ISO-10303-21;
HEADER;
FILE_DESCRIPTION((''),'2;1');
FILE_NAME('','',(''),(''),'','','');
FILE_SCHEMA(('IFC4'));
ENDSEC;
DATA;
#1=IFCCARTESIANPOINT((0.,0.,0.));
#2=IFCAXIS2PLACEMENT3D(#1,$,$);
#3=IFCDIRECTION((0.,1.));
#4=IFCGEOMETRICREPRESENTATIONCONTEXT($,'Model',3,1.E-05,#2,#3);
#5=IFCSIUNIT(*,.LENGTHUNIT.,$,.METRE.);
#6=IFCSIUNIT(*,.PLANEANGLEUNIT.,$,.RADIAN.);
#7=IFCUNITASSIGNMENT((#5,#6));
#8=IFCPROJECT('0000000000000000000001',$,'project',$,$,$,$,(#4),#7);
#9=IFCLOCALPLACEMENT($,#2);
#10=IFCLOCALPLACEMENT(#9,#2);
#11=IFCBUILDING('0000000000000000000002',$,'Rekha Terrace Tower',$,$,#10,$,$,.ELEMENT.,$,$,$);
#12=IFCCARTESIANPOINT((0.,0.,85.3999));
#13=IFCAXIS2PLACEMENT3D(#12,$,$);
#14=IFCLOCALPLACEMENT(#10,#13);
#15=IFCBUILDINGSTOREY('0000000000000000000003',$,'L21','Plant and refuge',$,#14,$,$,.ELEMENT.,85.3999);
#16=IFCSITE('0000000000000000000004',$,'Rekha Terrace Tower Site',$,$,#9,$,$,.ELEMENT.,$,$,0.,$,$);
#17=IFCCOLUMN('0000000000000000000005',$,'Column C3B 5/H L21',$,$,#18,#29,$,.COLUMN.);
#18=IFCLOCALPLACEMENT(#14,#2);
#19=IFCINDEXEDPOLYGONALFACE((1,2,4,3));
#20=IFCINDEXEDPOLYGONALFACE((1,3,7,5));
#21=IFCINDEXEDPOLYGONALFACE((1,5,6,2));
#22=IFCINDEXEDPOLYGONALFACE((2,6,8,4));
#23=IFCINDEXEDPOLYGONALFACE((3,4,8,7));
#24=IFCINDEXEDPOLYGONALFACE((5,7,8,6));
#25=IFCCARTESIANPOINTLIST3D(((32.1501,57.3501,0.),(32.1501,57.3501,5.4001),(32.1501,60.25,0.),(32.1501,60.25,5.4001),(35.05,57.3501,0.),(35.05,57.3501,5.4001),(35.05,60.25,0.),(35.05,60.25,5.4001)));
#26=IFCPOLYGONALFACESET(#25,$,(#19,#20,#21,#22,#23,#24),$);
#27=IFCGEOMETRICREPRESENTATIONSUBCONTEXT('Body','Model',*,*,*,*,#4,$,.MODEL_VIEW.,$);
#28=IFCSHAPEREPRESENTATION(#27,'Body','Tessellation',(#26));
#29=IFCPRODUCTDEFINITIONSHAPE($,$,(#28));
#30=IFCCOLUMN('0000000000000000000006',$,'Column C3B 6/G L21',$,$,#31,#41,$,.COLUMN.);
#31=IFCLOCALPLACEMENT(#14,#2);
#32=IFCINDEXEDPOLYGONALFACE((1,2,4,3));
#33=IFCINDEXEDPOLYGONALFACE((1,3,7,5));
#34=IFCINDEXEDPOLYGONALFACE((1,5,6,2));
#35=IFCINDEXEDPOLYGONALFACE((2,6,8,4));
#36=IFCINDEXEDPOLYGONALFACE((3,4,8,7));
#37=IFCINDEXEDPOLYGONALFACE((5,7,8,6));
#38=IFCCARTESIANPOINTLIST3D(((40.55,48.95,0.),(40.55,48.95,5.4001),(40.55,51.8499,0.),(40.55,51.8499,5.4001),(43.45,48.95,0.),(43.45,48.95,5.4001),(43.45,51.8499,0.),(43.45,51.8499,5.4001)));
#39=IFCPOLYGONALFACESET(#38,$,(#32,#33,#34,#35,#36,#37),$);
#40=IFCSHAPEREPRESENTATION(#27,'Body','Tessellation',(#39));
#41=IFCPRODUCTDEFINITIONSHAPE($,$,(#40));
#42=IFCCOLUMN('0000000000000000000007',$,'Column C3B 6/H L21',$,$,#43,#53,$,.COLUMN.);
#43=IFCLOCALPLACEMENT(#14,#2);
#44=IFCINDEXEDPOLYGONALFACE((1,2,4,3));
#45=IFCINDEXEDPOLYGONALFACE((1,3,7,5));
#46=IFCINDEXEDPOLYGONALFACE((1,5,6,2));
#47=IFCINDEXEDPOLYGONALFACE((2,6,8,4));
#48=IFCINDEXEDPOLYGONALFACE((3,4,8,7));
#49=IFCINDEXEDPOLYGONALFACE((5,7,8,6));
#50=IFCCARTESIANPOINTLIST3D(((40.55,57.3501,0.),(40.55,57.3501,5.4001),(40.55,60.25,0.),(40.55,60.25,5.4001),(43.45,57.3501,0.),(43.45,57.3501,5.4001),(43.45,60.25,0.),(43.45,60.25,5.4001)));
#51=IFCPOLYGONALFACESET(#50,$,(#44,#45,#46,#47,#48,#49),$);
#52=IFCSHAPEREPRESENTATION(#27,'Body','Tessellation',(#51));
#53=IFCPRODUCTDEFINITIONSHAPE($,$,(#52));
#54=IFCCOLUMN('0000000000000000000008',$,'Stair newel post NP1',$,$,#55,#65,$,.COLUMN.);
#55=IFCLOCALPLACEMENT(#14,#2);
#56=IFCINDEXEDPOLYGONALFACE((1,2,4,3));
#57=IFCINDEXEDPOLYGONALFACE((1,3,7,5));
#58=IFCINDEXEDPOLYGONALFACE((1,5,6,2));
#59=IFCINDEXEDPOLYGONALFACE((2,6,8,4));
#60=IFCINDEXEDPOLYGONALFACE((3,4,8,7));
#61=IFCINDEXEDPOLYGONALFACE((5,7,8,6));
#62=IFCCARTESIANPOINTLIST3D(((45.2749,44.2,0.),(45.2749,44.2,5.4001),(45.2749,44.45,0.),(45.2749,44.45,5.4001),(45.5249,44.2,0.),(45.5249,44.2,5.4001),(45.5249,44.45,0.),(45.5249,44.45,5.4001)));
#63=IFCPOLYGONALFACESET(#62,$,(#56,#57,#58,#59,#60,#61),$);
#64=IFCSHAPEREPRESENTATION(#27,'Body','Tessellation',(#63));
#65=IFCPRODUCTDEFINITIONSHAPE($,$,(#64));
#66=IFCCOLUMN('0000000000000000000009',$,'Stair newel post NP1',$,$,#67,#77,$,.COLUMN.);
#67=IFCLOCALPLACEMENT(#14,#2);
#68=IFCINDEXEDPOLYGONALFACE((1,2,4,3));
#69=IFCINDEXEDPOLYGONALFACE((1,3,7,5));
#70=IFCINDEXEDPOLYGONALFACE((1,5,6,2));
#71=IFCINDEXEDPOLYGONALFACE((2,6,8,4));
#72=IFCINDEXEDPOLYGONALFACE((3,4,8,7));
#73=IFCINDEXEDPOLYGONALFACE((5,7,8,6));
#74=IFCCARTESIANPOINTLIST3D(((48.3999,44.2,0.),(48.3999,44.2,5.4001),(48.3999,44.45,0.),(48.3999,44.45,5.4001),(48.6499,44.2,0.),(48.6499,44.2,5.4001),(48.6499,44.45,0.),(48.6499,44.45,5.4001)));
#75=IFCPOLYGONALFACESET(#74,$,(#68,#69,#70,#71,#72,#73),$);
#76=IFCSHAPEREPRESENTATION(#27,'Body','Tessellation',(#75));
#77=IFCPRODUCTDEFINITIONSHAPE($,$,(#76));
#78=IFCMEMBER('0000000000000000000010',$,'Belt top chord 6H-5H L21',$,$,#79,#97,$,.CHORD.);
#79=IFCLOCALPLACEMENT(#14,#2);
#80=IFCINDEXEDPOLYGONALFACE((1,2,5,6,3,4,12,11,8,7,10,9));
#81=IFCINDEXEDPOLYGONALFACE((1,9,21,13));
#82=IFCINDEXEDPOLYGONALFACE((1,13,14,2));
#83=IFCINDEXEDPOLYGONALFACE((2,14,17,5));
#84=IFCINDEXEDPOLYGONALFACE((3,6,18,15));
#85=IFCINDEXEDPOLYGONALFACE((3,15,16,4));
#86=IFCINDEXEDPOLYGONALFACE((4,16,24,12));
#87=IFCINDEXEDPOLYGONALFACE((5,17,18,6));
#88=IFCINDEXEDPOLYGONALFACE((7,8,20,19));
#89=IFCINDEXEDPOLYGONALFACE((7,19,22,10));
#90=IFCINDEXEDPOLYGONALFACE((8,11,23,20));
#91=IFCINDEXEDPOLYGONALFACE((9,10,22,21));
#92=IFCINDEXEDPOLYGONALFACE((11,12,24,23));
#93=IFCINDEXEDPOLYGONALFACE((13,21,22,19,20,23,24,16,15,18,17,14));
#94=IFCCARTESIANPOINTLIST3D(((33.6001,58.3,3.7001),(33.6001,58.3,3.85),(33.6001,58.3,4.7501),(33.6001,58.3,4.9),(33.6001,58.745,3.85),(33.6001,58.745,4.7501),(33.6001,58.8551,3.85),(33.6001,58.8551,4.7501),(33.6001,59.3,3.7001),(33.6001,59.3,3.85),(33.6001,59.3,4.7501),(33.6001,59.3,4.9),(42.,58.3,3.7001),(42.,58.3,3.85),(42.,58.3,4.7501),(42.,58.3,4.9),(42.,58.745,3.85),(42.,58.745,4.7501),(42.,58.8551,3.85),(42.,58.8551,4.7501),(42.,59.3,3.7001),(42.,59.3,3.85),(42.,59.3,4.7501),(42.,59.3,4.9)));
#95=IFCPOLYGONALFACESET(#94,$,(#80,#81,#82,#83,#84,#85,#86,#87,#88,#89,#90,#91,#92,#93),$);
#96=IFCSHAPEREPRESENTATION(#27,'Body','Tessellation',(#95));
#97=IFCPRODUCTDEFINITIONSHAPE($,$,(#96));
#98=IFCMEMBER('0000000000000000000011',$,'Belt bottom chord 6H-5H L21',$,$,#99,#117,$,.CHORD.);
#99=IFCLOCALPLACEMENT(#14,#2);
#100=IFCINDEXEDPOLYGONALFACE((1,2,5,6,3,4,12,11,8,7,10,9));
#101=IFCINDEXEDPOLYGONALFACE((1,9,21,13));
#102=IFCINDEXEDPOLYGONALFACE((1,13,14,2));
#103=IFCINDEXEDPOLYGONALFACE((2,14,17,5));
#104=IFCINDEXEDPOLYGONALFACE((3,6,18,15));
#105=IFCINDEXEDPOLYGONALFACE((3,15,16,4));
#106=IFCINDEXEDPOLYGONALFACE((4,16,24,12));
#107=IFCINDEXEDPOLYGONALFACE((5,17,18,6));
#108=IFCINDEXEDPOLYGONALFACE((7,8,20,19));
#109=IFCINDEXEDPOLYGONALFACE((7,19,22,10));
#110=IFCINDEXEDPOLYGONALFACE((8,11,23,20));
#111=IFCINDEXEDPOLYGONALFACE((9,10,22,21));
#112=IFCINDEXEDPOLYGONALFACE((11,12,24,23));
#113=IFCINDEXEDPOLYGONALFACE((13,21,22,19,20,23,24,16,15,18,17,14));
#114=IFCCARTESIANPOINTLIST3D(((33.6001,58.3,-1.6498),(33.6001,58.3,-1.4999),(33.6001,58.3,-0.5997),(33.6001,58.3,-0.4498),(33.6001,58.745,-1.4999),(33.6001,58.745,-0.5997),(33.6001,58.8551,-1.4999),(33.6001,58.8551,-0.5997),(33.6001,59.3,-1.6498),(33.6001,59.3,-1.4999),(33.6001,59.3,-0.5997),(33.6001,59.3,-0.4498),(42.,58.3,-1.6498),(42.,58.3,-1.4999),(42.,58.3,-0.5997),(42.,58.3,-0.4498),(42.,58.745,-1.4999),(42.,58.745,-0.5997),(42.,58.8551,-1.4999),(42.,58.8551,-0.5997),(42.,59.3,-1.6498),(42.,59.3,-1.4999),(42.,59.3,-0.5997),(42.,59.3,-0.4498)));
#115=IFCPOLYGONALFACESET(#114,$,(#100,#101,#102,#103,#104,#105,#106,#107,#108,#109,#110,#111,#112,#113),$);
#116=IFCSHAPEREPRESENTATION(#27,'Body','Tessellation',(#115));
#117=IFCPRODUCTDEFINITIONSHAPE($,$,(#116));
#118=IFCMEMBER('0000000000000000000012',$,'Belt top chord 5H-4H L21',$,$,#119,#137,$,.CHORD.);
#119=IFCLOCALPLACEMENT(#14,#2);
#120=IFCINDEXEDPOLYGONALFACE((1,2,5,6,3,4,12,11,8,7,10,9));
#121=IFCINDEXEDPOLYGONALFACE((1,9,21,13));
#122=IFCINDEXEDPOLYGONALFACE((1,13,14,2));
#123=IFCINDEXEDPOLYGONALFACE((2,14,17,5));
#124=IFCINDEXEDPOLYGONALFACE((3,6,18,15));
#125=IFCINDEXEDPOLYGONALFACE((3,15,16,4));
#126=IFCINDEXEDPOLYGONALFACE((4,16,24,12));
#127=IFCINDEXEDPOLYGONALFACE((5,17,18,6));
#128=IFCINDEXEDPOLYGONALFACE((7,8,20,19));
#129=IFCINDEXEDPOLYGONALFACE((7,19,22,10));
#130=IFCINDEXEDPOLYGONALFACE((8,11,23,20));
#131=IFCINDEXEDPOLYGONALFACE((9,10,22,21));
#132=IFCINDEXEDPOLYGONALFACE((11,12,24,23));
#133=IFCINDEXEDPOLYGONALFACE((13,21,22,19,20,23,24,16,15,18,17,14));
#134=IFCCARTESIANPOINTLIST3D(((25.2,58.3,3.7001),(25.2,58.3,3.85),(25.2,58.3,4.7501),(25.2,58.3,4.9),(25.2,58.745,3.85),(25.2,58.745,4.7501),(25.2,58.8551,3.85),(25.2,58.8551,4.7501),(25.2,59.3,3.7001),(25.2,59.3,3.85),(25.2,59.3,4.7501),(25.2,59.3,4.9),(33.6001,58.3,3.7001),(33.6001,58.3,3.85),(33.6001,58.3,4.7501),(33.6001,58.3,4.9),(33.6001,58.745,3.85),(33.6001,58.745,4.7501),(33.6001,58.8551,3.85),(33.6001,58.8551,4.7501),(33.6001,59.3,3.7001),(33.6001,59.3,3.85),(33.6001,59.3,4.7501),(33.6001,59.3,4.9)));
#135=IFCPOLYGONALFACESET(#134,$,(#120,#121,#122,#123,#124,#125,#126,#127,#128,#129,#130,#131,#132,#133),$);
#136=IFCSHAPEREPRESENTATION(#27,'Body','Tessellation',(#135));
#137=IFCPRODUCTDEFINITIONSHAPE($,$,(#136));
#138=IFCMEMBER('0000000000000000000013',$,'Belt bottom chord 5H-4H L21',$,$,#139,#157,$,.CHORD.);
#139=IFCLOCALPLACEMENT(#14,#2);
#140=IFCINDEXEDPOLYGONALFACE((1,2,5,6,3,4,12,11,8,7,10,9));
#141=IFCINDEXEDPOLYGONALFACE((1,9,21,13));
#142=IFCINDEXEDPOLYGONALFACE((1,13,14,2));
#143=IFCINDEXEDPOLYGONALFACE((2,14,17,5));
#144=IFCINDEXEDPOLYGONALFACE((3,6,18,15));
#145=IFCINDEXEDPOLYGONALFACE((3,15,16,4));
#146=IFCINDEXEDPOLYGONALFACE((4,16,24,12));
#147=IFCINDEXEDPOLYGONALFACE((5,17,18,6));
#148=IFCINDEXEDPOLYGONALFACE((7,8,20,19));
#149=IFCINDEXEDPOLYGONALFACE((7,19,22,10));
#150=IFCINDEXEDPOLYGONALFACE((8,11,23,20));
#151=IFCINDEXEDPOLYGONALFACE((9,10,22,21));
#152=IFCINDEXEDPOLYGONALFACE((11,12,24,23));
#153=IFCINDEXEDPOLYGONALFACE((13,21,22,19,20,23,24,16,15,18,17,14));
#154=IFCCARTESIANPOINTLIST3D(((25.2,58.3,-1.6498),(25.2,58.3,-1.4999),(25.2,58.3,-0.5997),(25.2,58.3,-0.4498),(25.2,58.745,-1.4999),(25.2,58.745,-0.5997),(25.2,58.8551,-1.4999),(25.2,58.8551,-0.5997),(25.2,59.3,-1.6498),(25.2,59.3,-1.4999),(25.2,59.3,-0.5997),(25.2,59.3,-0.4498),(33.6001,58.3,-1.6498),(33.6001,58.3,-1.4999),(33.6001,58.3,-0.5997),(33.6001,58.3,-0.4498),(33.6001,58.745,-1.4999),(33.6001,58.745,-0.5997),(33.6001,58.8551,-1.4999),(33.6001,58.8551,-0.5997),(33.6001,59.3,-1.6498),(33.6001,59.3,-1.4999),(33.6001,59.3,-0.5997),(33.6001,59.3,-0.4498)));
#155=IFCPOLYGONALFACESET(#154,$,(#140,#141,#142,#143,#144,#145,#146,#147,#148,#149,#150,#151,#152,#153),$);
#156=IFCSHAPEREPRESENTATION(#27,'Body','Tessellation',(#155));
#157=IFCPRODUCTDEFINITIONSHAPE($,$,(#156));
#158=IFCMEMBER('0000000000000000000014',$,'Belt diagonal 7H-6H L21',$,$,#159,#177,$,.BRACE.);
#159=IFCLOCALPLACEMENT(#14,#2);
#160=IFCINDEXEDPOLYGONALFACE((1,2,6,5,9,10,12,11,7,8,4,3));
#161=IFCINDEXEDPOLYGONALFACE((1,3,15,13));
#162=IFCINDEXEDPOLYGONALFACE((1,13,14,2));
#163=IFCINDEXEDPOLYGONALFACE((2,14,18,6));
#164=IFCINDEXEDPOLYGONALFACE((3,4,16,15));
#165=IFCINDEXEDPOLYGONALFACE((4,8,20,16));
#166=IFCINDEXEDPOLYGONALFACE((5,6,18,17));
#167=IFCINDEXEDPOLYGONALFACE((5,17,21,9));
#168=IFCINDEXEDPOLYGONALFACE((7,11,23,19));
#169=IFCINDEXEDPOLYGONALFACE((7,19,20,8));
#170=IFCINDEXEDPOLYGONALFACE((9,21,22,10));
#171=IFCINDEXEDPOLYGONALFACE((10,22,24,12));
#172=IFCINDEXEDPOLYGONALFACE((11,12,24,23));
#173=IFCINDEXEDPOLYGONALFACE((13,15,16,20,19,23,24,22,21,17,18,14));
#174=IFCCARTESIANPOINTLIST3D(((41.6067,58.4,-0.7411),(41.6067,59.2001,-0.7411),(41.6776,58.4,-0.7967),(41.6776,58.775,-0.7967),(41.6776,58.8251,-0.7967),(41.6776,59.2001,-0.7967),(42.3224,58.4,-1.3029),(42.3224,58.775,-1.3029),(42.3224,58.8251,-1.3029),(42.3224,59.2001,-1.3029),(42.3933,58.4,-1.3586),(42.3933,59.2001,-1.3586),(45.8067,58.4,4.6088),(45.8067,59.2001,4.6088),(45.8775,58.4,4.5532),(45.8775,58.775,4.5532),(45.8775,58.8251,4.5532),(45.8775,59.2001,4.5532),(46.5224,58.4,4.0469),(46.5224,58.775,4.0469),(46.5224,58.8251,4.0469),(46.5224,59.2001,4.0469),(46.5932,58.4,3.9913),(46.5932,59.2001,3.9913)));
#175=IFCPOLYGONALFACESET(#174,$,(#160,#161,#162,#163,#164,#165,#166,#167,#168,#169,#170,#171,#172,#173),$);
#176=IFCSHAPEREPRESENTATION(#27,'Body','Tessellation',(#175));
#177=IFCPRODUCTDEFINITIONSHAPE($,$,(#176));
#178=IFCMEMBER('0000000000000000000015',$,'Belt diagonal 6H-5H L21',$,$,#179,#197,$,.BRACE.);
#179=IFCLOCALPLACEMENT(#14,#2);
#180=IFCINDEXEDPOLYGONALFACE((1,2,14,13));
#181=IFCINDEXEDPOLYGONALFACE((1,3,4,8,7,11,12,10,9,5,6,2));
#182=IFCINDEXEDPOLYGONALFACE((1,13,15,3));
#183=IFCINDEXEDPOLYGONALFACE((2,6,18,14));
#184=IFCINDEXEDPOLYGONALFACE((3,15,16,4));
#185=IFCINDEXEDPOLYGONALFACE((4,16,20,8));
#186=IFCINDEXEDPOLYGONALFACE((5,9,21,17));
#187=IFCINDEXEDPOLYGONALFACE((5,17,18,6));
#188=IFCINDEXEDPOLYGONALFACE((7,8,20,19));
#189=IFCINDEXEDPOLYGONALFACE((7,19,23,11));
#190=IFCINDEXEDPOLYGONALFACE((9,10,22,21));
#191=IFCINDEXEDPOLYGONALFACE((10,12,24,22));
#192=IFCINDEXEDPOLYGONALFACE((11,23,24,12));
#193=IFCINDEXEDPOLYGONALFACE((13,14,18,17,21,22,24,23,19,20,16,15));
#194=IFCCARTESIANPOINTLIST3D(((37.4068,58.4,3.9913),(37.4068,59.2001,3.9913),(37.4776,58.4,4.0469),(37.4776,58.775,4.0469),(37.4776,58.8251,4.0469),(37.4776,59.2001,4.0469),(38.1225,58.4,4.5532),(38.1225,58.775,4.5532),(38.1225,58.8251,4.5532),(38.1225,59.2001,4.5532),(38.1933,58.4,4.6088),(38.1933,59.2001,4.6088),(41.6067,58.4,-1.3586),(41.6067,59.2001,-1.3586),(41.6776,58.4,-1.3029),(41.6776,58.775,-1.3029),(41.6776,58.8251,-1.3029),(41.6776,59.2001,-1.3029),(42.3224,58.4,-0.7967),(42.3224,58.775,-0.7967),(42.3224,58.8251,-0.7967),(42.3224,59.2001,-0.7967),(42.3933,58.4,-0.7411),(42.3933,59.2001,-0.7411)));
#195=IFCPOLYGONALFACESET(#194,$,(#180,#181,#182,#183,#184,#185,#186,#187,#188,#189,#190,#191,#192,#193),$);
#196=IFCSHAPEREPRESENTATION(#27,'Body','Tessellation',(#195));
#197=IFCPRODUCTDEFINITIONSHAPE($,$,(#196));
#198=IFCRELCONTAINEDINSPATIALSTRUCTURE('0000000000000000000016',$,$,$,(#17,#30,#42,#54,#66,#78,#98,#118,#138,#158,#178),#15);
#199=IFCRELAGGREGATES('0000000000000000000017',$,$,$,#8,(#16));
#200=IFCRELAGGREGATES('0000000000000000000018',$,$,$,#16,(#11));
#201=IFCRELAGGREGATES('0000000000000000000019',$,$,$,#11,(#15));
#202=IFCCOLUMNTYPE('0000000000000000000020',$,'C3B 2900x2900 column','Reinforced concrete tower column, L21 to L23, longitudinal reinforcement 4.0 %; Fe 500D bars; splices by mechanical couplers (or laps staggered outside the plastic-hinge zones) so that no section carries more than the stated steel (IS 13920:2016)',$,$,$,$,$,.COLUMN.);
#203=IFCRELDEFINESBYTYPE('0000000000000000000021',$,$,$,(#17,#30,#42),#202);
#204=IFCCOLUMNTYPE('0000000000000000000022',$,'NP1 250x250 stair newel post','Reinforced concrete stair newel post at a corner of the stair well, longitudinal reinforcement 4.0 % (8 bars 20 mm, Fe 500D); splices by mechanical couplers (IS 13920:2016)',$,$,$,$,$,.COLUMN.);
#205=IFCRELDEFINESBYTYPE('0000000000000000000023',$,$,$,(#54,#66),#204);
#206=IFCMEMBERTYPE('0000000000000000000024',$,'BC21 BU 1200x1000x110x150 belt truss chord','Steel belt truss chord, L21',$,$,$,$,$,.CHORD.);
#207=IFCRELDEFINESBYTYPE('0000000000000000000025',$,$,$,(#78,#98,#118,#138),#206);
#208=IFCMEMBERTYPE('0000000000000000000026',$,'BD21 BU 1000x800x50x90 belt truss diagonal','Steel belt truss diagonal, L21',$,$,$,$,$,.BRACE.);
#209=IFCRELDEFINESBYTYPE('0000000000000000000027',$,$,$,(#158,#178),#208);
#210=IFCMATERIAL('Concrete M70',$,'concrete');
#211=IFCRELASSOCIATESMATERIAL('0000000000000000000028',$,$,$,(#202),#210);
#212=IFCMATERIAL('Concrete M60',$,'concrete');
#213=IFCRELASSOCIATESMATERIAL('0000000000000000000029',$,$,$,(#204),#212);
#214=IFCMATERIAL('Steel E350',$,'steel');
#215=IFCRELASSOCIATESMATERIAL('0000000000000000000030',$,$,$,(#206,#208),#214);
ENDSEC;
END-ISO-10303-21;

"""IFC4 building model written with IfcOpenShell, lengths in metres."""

from ifc_helpers import new_model, si_unit, direction, frame, origin, origin_2d, place, context, subcontext, project, spatial, rectangle, i_section, extrude, material, material_profile, profile_set, type_object, element, save


model = new_model("IFC4")

# Units and contexts
model_context = context("Model", 3, precision=1e-05, world=origin(), true_north=direction((0.0, 1.0)))
body_context = subcontext(model_context, "Body", "Model", "MODEL_VIEW")
ifc_project = project(units=[si_unit("LENGTHUNIT", "METRE"), si_unit("PLANEANGLEUNIT", "RADIAN")], contexts=[model_context])

# Site, building, storey
site_placement = place(None, origin())
site = spatial("IfcSite", under=ifc_project, at=site_placement, Name="Rekha Terrace Tower Site", CompositionType="ELEMENT", RefElevation=0.0)
building_placement = place(site_placement, origin())
building = spatial("IfcBuilding", under=site, at=building_placement, Name="Rekha Terrace Tower", CompositionType="ELEMENT")
storey_placement = place(building_placement, frame((0.0, 0.0, 85.3999)))
storey = spatial("IfcBuildingStorey", under=building, at=storey_placement, Name="L21", Description="Plant and refuge", CompositionType="ELEMENT", Elevation=85.3999)

# Columns
ifc_material_1 = material(Name="Concrete M70", Category="concrete")
ifc_material_profile_1 = material_profile(ifc_material_1, rectangle(XDim=2.8999, YDim=2.8999, at=origin_2d()), Name="RC 2900x2900")
ifc_profile_set_1 = profile_set([ifc_material_profile_1], Name="Concrete M70")
column_type_1 = type_object("IfcColumnType", Name="C3B 2900x2900 column", Description="Reinforced concrete tower column, L21 to L23, longitudinal reinforcement 4.0 %; Fe 500D bars; splices by mechanical couplers (or laps staggered outside the plastic-hinge zones) so that no section carries more than the stated steel (IS 13920:2016)", PredefinedType="COLUMN", material=ifc_profile_set_1)
for number, where, z_axis, x_axis, name in (
    (1, (33.6001, 58.8, 0.0), (0.0, 0.0, 1.0), (1.0, 0.0, 0.0), "Column C3B 5/H L21"),
    (2, (42.0, 50.3999, 0.0), (0.0, 0.0, 1.0), (1.0, 0.0, 0.0), "Column C3B 6/G L21"),
    (3, (42.0, 58.8, 0.0), (0.0, 0.0, 1.0), (1.0, 0.0, 0.0), "Column C3B 6/H L21"),
):
    element("IfcColumn", number, at=place(storey_placement, frame(where, z_axis=z_axis, x_axis=x_axis)), inside=storey, type_object=column_type_1, Name=name, PredefinedType="COLUMN", context=body_context, shape_type="SweptSolid", body=[
        extrude(rectangle(XDim=2.8999, YDim=2.8999, at=origin_2d()), origin(), (0.0, 0.0, 1.0), 5.4001),
    ])
ifc_material_2 = material(Name="Concrete M60", Category="concrete")
ifc_material_profile_2 = material_profile(ifc_material_2, rectangle(XDim=0.25, YDim=0.25, at=origin_2d()), Name="RC 250x250")
ifc_profile_set_2 = profile_set([ifc_material_profile_2], Name="Concrete M60")
column_type_2 = type_object("IfcColumnType", Name="NP1 250x250 stair newel post", Description="Reinforced concrete stair newel post at a corner of the stair well, longitudinal reinforcement 4.0 % (8 bars 20 mm, Fe 500D); splices by mechanical couplers (IS 13920:2016)", PredefinedType="COLUMN", material=ifc_profile_set_2)
for number, where, z_axis, x_axis, name in (
    (4, (45.3999, 44.325, 0.0), (0.0, 0.0, 1.0), (1.0, 0.0, 0.0), "Stair newel post NP1"),
    (5, (48.5249, 44.325, 0.0), (0.0, 0.0, 1.0), (1.0, 0.0, 0.0), "Stair newel post NP1"),
):
    element("IfcColumn", number, at=place(storey_placement, frame(where, z_axis=z_axis, x_axis=x_axis)), inside=storey, type_object=column_type_2, Name=name, PredefinedType="COLUMN", context=body_context, shape_type="SweptSolid", body=[
        extrude(rectangle(XDim=0.25, YDim=0.25, at=origin_2d()), origin(), (0.0, 0.0, 1.0), 5.4001),
    ])

# Members
ifc_material_3 = material(Name="Steel E350", Category="steel")
ifc_material_profile_3 = material_profile(ifc_material_3, i_section(OverallWidth=1.0, OverallDepth=1.2, WebThickness=0.1101, FlangeThickness=0.1499, at=origin_2d()), Name="BU 1200x1000x110x150")
ifc_profile_set_3 = profile_set([ifc_material_profile_3], Name="Steel E350")
member_type_1 = type_object("IfcMemberType", Name="BC21 BU 1200x1000x110x150 belt truss chord", Description="Steel belt truss chord, L21", PredefinedType="CHORD", material=ifc_profile_set_3)
for number, where, z_axis, x_axis, name in (
    (6, (42.0, 58.8, 4.3), (-1.0, 0.0, 0.0), (0.0, -1.0, 0.0), "Belt top chord 6H-5H L21"),
    (7, (42.0, 58.8, -1.0498), (-1.0, 0.0, 0.0), (0.0, -1.0, 0.0), "Belt bottom chord 6H-5H L21"),
):
    element("IfcMember", number, at=place(storey_placement, frame(where, z_axis=z_axis, x_axis=x_axis)), inside=storey, type_object=member_type_1, Name=name, PredefinedType="CHORD", context=body_context, shape_type="SweptSolid", body=[
        extrude(i_section(OverallWidth=1.0, OverallDepth=1.2, WebThickness=0.1101, FlangeThickness=0.1499, at=origin_2d()), origin(), (0.0, 0.0, 1.0), 8.3999),
    ])
for number, where, z_axis, x_axis, name in (
    (8, (33.6001, 58.8, 4.3), (-1.0, 0.0, 0.0), (0.0, -1.0, 0.0), "Belt top chord 5H-4H L21"),
    (9, (33.6001, 58.8, -1.0498), (-1.0, 0.0, 0.0), (0.0, -1.0, 0.0), "Belt bottom chord 5H-4H L21"),
):
    element("IfcMember", number, at=place(storey_placement, frame(where, z_axis=z_axis, x_axis=x_axis)), inside=storey, type_object=member_type_1, Name=name, PredefinedType="CHORD", context=body_context, shape_type="SweptSolid", body=[
        extrude(i_section(OverallWidth=1.0, OverallDepth=1.2, WebThickness=0.1101, FlangeThickness=0.1499, at=origin_2d()), origin(), (0.0, 0.0, 1.0), 8.4001),
    ])
ifc_material_profile_4 = material_profile(ifc_material_3, i_section(OverallWidth=0.8, OverallDepth=1.0, WebThickness=0.05, FlangeThickness=0.0901, at=origin_2d()), Name="BU 1000x800x50x90")
ifc_profile_set_4 = profile_set([ifc_material_profile_4], Name="Steel E350")
member_type_2 = type_object("IfcMemberType", Name="BD21 BU 1000x800x50x90 belt truss diagonal", Description="Steel belt truss diagonal, L21", PredefinedType="BRACE", material=ifc_profile_set_4)
for number, where, z_axis, x_axis, name in (
    (10, (42.0, 58.8, -1.0498), (0.617503, 0.0, 0.786569), (0.0, 1.0, 0.0), "Belt diagonal 7H-6H L21"),
    (11, (42.0, 58.8, -1.0498), (-0.617503, 0.0, 0.786569), (0.0, -1.0, 0.0), "Belt diagonal 6H-5H L21"),
):
    element("IfcMember", number, at=place(storey_placement, frame(where, z_axis=z_axis, x_axis=x_axis)), inside=storey, type_object=member_type_2, Name=name, PredefinedType="BRACE", context=body_context, shape_type="SweptSolid", body=[
        extrude(i_section(OverallWidth=0.8, OverallDepth=1.0, WebThickness=0.05, FlangeThickness=0.0901, at=origin_2d()), origin(), (0.0, 0.0, 1.0), 6.8015),
    ])

save(model, "model.ifc")
